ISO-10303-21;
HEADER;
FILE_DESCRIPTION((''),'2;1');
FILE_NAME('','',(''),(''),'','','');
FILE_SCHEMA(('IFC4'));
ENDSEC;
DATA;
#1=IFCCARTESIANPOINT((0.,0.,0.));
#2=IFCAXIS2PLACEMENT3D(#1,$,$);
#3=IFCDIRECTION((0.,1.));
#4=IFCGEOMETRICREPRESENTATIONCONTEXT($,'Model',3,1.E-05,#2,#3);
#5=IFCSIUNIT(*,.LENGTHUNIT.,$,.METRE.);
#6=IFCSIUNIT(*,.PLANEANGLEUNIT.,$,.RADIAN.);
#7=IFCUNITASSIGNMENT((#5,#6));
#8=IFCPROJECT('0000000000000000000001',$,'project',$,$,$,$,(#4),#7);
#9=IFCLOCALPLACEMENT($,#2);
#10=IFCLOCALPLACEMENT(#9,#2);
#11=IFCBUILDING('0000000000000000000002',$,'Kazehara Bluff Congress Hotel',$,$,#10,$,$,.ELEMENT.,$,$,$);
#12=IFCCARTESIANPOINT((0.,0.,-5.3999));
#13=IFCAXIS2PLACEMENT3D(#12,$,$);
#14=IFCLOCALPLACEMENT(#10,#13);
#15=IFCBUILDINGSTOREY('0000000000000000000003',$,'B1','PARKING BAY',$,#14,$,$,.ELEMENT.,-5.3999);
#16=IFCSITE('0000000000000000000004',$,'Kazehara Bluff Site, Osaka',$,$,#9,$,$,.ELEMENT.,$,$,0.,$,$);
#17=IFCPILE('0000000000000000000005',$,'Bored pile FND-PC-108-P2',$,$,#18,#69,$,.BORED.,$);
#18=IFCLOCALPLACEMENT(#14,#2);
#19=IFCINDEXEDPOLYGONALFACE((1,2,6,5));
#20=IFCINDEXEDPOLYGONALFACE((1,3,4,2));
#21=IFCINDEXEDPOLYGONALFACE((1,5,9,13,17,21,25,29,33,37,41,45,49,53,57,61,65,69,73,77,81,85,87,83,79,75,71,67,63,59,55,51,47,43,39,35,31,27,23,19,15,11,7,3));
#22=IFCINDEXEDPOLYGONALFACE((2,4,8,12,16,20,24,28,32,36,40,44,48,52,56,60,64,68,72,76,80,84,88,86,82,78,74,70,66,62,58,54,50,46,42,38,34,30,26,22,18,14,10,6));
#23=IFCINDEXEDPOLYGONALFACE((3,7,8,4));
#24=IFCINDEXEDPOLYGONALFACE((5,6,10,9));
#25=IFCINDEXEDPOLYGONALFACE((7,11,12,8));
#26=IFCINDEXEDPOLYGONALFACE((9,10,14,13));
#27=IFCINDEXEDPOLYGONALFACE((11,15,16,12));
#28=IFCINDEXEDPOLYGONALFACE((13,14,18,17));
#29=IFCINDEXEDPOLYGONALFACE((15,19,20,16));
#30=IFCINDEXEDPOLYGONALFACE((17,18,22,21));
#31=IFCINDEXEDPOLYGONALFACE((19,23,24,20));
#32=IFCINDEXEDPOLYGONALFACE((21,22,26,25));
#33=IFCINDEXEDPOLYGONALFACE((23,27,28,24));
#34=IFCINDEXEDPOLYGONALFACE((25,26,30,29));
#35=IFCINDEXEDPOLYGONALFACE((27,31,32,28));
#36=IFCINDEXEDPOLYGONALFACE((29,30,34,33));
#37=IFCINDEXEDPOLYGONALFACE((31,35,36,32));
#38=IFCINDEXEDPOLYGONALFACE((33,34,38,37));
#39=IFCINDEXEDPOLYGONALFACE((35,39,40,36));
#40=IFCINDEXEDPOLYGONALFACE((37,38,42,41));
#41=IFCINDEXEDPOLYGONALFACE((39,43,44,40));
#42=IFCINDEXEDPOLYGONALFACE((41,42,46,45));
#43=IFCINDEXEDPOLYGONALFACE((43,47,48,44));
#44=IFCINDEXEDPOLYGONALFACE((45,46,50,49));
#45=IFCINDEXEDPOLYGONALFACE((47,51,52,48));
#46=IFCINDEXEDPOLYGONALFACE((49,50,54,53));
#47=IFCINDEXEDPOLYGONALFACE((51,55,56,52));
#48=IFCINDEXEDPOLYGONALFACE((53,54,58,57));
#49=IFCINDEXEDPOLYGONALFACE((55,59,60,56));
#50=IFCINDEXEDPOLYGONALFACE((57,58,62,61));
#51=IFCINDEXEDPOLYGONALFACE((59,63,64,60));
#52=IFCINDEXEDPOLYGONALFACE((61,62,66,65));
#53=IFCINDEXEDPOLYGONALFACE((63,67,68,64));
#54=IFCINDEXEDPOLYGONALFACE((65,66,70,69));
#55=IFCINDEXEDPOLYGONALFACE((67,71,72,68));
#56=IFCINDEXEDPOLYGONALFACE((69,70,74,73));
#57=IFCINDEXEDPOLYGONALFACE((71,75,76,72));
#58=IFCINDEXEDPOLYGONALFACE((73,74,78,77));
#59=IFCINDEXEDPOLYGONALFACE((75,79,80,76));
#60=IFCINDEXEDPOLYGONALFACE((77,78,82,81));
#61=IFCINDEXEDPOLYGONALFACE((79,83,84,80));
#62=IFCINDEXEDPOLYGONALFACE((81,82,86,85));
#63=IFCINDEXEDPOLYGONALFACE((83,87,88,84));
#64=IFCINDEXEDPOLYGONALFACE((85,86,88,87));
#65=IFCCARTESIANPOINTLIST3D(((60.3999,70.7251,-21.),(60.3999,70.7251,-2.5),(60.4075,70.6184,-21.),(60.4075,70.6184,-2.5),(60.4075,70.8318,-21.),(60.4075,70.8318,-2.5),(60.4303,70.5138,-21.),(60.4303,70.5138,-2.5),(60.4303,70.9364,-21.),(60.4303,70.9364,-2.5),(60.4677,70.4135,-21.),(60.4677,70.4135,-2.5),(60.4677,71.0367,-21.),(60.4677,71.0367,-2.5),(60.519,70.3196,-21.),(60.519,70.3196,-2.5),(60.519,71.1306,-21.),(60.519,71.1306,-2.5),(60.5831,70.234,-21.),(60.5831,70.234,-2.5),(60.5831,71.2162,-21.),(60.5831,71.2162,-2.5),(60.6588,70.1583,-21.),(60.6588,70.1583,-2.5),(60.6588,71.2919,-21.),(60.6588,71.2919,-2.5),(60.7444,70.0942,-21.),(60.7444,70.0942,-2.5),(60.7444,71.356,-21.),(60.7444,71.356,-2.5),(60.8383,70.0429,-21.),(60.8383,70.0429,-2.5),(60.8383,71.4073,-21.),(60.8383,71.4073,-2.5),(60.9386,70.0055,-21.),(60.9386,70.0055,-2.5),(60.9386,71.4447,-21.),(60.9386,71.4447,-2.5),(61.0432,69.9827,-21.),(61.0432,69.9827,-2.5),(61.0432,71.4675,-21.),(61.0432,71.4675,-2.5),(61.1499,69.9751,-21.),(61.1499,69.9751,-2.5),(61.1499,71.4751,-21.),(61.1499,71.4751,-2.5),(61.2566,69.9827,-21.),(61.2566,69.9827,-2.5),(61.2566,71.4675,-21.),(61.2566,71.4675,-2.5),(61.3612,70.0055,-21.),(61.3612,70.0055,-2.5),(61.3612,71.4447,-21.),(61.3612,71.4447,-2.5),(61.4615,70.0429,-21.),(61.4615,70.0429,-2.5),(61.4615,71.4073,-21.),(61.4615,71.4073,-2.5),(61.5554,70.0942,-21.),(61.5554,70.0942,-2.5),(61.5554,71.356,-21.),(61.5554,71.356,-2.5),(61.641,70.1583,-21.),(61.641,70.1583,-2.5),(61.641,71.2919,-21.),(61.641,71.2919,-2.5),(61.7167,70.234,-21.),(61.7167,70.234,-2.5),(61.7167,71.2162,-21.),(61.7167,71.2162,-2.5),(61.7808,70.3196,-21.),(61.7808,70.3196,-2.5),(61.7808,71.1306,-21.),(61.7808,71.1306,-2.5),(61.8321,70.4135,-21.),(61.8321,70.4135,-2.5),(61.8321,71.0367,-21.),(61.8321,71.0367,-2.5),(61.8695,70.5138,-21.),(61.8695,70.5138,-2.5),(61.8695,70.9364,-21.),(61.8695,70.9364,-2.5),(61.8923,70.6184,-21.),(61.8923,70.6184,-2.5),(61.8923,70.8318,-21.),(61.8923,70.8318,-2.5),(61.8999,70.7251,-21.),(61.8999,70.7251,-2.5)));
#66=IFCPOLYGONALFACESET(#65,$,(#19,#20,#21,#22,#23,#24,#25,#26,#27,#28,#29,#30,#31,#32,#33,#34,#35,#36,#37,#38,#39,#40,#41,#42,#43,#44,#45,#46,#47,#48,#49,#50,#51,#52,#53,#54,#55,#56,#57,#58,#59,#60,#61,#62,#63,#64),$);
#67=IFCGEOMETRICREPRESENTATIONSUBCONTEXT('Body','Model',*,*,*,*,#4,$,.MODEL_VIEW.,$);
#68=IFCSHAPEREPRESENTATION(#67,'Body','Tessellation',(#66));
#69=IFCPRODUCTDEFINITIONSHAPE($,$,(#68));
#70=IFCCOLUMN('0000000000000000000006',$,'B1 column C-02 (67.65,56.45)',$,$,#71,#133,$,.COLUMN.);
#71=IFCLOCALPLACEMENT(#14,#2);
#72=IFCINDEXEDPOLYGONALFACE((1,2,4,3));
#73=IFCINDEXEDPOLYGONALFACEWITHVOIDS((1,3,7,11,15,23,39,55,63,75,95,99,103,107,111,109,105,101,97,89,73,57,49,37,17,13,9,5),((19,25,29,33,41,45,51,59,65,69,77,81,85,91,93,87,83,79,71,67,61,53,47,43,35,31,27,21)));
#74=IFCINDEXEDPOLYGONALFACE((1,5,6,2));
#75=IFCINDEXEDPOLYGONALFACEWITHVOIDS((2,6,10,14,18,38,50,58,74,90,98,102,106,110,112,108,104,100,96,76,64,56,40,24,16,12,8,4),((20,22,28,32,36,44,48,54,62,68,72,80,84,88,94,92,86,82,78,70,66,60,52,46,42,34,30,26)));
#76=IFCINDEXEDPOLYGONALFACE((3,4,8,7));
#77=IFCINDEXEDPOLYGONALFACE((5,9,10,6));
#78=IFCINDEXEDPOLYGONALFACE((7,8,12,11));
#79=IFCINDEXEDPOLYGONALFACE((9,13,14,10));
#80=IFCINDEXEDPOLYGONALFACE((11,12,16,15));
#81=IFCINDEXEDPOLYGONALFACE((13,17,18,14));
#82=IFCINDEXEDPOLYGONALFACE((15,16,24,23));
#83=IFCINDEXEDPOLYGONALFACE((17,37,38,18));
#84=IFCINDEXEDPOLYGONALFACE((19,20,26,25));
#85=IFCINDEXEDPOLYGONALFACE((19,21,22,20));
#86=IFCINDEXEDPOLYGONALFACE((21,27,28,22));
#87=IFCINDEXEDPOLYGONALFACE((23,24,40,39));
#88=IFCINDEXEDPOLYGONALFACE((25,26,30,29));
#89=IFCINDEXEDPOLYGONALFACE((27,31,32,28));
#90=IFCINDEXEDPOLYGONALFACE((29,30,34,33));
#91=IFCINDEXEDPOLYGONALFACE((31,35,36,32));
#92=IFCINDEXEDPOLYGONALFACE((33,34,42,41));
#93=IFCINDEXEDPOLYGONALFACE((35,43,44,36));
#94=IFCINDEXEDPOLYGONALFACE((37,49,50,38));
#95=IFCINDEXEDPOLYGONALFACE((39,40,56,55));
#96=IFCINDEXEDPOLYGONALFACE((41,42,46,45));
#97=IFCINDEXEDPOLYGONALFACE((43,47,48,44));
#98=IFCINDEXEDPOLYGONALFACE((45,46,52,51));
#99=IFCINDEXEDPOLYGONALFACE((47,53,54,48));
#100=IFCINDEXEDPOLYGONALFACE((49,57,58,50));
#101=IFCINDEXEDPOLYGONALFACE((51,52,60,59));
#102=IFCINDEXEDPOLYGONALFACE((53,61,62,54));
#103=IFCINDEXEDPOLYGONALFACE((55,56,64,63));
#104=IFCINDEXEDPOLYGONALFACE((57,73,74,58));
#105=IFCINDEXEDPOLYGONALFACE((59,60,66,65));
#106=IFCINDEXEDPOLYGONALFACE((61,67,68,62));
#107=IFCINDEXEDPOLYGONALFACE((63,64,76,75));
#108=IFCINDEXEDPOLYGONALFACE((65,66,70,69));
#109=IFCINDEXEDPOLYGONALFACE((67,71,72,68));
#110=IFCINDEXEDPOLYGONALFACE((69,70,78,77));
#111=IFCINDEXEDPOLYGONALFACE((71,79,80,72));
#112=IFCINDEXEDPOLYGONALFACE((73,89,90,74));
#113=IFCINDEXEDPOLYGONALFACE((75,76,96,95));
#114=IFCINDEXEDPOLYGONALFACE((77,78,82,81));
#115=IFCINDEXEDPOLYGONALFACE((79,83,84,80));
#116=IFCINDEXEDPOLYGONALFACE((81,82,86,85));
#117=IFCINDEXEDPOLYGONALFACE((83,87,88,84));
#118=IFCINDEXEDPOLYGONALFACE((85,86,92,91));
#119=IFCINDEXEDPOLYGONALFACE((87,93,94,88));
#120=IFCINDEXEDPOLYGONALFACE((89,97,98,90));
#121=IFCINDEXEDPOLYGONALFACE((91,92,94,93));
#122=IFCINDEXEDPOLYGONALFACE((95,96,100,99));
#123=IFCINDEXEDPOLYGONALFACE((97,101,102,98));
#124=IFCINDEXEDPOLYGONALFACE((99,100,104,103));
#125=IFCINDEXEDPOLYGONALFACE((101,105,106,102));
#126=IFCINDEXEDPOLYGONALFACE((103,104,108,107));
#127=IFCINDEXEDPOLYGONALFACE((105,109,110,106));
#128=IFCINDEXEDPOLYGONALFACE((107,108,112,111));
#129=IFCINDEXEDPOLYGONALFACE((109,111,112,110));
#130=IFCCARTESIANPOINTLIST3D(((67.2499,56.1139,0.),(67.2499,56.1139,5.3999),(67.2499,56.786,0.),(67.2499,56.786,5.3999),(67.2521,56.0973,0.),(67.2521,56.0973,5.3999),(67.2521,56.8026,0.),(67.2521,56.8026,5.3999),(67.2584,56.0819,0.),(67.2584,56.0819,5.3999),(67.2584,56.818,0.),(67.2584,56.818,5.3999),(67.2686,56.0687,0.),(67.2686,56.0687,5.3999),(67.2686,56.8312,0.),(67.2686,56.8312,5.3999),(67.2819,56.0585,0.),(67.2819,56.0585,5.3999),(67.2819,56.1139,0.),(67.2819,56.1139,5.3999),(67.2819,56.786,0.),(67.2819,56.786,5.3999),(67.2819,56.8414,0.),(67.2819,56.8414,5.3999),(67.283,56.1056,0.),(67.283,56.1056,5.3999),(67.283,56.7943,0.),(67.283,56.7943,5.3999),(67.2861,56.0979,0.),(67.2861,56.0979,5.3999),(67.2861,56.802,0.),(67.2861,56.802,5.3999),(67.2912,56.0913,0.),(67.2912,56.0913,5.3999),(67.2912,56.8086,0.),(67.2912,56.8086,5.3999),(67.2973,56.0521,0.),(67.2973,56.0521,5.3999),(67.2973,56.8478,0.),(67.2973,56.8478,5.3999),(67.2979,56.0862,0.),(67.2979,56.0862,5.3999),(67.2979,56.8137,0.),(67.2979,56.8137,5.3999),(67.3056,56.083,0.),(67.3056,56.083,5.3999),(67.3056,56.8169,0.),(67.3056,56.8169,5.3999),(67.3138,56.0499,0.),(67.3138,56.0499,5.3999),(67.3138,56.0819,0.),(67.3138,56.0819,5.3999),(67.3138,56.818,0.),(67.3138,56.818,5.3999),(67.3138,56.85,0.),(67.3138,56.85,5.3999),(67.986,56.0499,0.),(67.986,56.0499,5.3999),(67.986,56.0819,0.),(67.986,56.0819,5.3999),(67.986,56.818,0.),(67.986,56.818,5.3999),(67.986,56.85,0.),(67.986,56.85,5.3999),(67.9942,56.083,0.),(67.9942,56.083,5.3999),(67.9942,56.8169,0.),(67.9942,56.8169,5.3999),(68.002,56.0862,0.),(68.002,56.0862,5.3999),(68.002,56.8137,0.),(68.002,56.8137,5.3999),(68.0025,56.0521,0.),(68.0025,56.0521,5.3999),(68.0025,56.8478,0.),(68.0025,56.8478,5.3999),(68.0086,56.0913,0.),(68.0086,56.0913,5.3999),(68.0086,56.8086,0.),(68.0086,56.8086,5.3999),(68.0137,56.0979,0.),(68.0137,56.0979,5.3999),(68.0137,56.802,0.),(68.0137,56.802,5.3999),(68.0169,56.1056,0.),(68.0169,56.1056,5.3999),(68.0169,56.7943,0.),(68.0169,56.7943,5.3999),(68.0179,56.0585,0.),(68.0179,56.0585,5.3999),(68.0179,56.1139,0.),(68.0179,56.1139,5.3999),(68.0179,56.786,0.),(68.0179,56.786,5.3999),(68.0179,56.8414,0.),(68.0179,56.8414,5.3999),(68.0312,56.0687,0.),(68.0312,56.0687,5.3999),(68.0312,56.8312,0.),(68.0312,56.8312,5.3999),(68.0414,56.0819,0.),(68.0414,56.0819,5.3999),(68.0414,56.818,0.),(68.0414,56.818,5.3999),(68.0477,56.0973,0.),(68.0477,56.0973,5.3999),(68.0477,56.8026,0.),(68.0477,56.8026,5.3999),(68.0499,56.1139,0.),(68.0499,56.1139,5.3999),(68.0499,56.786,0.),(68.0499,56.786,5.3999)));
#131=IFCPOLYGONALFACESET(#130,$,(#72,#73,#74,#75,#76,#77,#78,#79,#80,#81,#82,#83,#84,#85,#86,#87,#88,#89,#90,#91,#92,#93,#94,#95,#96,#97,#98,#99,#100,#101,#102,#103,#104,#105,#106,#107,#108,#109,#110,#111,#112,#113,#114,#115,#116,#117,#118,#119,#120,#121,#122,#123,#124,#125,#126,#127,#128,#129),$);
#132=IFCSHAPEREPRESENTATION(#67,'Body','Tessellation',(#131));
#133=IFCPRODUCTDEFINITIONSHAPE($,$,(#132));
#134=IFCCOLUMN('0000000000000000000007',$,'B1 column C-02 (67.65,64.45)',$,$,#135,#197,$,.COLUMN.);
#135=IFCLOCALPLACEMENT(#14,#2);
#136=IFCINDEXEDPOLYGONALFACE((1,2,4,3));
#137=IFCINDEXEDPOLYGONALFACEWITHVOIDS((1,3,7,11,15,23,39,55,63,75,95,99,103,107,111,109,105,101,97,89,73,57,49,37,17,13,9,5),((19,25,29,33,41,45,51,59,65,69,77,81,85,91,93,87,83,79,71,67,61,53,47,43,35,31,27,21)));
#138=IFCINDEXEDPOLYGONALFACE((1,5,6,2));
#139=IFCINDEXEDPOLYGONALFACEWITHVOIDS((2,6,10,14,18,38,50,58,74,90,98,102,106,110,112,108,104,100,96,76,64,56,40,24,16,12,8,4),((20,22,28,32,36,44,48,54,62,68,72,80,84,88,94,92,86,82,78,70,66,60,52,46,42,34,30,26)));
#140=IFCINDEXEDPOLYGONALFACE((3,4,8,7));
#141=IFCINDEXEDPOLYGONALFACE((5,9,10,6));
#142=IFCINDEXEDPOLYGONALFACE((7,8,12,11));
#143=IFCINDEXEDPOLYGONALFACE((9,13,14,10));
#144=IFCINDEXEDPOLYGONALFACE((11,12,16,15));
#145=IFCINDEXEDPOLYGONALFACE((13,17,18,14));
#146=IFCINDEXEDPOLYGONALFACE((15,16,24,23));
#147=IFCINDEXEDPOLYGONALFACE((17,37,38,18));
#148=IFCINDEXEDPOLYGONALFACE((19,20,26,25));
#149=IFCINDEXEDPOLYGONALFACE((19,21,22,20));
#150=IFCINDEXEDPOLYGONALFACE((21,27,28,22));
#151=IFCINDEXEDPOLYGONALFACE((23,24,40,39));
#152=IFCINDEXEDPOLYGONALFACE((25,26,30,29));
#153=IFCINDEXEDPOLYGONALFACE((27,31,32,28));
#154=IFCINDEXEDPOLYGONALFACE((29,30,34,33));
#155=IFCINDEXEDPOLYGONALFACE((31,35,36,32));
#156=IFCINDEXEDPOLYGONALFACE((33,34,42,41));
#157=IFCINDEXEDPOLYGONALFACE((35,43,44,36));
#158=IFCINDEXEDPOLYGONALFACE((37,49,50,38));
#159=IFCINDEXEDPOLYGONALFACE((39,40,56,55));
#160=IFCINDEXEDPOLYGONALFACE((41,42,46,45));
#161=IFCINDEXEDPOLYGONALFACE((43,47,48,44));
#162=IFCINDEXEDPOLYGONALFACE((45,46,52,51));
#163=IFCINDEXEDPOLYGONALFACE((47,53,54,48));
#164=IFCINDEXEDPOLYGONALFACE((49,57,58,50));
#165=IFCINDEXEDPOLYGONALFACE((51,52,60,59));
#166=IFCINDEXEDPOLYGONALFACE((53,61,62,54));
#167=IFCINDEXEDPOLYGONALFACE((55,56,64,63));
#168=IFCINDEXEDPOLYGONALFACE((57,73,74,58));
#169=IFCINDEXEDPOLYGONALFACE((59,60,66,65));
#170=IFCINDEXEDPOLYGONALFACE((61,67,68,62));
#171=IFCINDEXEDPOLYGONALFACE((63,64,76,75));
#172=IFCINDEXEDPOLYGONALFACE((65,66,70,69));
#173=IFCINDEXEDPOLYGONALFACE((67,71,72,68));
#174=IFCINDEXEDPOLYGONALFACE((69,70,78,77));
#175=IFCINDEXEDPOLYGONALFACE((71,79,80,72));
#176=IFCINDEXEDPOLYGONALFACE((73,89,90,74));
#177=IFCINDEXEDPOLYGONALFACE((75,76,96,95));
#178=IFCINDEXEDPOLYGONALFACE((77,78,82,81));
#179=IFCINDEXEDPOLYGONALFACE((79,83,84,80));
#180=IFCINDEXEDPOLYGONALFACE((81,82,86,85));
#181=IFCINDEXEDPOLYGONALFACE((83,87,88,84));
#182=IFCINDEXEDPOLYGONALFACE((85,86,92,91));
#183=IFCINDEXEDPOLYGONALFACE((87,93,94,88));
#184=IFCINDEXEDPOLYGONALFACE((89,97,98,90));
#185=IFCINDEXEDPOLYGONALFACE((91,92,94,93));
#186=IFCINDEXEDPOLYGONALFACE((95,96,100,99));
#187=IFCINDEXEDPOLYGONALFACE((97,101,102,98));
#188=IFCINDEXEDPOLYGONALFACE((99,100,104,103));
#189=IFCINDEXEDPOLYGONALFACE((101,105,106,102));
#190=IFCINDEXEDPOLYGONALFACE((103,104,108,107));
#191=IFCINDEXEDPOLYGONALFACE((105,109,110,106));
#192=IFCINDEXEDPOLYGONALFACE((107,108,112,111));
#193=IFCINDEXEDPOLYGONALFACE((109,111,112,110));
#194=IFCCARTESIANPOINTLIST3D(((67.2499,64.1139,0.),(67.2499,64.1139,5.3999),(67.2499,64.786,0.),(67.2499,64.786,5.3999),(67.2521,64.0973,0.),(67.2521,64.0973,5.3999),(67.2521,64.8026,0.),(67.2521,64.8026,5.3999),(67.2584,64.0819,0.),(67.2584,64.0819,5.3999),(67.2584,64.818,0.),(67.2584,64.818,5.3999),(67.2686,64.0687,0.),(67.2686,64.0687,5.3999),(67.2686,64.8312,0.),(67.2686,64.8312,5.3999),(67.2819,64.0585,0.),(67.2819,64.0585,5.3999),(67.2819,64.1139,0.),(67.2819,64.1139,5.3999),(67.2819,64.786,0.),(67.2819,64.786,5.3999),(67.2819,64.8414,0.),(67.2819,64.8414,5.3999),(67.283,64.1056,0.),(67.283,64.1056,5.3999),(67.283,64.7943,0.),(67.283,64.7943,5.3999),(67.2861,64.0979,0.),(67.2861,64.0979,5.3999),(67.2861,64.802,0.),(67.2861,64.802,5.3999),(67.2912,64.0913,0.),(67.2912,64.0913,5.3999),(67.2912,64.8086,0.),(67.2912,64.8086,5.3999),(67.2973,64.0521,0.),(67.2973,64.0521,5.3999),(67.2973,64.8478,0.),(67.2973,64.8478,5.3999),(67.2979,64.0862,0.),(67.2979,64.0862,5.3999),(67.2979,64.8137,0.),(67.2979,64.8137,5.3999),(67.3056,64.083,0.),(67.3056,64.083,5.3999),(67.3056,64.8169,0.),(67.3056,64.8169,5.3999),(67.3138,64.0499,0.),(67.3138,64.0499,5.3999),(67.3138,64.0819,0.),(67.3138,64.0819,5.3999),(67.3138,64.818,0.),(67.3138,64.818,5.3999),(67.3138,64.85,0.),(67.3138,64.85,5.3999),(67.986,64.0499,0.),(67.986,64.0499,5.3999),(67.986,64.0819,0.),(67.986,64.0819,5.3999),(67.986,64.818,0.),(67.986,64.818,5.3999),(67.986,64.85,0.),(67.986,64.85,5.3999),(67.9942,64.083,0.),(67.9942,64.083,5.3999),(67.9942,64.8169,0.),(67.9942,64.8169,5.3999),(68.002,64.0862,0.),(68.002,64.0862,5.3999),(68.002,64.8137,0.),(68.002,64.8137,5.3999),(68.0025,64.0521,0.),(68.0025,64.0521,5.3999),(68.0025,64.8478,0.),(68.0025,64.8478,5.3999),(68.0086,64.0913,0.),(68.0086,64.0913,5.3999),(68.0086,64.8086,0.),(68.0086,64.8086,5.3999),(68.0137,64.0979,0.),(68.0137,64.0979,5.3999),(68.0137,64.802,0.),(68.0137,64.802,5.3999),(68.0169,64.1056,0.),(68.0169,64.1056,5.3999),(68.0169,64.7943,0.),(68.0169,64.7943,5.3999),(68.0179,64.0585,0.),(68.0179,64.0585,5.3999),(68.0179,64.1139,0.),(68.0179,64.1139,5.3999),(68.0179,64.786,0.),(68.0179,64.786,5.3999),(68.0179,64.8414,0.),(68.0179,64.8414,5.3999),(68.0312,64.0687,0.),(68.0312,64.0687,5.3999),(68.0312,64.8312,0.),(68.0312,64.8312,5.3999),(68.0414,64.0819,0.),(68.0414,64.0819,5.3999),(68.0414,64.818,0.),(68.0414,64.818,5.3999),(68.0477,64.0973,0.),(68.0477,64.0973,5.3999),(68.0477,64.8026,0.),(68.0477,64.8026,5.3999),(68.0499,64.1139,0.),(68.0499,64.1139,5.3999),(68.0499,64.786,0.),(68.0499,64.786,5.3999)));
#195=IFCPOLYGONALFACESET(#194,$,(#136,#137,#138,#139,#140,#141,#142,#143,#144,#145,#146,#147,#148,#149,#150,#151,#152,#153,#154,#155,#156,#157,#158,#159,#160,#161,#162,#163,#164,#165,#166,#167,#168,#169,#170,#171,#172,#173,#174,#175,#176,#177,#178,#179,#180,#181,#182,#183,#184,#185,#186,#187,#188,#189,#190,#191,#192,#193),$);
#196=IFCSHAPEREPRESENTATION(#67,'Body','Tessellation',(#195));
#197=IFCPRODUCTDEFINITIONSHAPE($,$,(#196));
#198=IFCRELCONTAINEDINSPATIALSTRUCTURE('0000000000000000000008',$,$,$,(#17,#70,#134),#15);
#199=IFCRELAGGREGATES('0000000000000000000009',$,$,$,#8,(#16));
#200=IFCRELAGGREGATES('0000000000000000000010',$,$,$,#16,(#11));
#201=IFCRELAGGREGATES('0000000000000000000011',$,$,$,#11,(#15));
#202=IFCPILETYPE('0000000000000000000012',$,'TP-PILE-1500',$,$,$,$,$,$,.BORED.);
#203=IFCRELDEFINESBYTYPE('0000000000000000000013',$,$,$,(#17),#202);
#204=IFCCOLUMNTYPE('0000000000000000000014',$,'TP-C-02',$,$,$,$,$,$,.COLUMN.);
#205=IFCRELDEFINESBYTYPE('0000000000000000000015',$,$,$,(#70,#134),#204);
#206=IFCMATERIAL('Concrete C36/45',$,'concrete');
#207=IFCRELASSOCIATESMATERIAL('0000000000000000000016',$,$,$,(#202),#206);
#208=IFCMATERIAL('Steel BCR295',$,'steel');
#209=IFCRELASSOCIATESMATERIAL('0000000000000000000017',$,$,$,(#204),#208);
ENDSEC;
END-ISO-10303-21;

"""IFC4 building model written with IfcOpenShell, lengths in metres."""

from ifc_helpers import new_model, si_unit, direction, frame, origin, origin_2d, place, context, subcontext, project, spatial, hollow_rectangle, circle, extrude, material, material_profile, profile_set, type_object, element, save


model = new_model("IFC4")

# Units and contexts
model_context = context("Model", 3, precision=1e-05, world=origin(), true_north=direction((0.0, 1.0)))
body_context = subcontext(model_context, "Body", "Model", "MODEL_VIEW")
ifc_project = project(units=[si_unit("LENGTHUNIT", "METRE"), si_unit("PLANEANGLEUNIT", "RADIAN")], contexts=[model_context])

# Site, building, storey
site_placement = place(None, origin())
site = spatial("IfcSite", under=ifc_project, at=site_placement, Name="Kazehara Bluff Site, Osaka", CompositionType="ELEMENT", RefElevation=0.0)
building_placement = place(site_placement, origin())
building = spatial("IfcBuilding", under=site, at=building_placement, Name="Kazehara Bluff Congress Hotel", CompositionType="ELEMENT")
storey_placement = place(building_placement, frame((0.0, 0.0, -5.3999)))
storey = spatial("IfcBuildingStorey", under=building, at=storey_placement, Name="B1", Description="PARKING BAY", CompositionType="ELEMENT", Elevation=-5.3999)

# Pile
ifc_material_1 = material(Name="Concrete C36/45", Category="concrete")
ifc_material_profile_1 = material_profile(ifc_material_1, circle(Radius=0.75, at=origin_2d()))
ifc_profile_set_1 = profile_set([ifc_material_profile_1], Name="Concrete C36/45")
pile_type_1 = type_object("IfcPileType", Name="TP-PILE-1500", PredefinedType="BORED", material=ifc_profile_set_1)
pile_placement = place(storey_placement, frame((61.1499, 70.7251, -2.5), z_axis=(0.0, 0.0, -1.0), x_axis=(1.0, 0.0, 0.0)))
element("IfcPile", 1, at=pile_placement, inside=storey, type_object=pile_type_1, Name="Bored pile FND-PC-108-P2", PredefinedType="BORED", context=body_context, shape_type="SweptSolid", body=[
    extrude(circle(Radius=0.75, at=origin_2d()), origin(), (0.0, 0.0, 1.0), 18.5),
])

# Columns
ifc_material_2 = material(Name="Steel BCR295", Category="steel")
ifc_material_profile_2 = material_profile(ifc_material_2, hollow_rectangle(XDim=0.8, YDim=0.8, WallThickness=0.032, InnerFilletRadius=0.032, OuterFilletRadius=0.064, at=origin_2d()))
ifc_profile_set_2 = profile_set([ifc_material_profile_2], Name="Steel BCR295")
column_type = type_object("IfcColumnType", Name="TP-C-02", PredefinedType="COLUMN", material=ifc_profile_set_2)
for number, where, z_axis, x_axis, name in (
    (2, (67.6499, 56.45, 0.0), (0.0, 0.0, 1.0), (1.0, 0.0, 0.0), "B1 column C-02 (67.65,56.45)"),
    (3, (67.6499, 64.45, 0.0), (0.0, 0.0, 1.0), (1.0, 0.0, 0.0), "B1 column C-02 (67.65,64.45)"),
):
    element("IfcColumn", number, at=place(storey_placement, frame(where, z_axis=z_axis, x_axis=x_axis)), inside=storey, type_object=column_type, Name=name, PredefinedType="COLUMN", context=body_context, shape_type="SweptSolid", body=[
        extrude(hollow_rectangle(XDim=0.8, YDim=0.8, WallThickness=0.032, InnerFilletRadius=0.032, OuterFilletRadius=0.064, at=origin_2d()), origin(), (0.0, 0.0, 1.0), 5.3999),
    ])

save(model, "model.ifc")
